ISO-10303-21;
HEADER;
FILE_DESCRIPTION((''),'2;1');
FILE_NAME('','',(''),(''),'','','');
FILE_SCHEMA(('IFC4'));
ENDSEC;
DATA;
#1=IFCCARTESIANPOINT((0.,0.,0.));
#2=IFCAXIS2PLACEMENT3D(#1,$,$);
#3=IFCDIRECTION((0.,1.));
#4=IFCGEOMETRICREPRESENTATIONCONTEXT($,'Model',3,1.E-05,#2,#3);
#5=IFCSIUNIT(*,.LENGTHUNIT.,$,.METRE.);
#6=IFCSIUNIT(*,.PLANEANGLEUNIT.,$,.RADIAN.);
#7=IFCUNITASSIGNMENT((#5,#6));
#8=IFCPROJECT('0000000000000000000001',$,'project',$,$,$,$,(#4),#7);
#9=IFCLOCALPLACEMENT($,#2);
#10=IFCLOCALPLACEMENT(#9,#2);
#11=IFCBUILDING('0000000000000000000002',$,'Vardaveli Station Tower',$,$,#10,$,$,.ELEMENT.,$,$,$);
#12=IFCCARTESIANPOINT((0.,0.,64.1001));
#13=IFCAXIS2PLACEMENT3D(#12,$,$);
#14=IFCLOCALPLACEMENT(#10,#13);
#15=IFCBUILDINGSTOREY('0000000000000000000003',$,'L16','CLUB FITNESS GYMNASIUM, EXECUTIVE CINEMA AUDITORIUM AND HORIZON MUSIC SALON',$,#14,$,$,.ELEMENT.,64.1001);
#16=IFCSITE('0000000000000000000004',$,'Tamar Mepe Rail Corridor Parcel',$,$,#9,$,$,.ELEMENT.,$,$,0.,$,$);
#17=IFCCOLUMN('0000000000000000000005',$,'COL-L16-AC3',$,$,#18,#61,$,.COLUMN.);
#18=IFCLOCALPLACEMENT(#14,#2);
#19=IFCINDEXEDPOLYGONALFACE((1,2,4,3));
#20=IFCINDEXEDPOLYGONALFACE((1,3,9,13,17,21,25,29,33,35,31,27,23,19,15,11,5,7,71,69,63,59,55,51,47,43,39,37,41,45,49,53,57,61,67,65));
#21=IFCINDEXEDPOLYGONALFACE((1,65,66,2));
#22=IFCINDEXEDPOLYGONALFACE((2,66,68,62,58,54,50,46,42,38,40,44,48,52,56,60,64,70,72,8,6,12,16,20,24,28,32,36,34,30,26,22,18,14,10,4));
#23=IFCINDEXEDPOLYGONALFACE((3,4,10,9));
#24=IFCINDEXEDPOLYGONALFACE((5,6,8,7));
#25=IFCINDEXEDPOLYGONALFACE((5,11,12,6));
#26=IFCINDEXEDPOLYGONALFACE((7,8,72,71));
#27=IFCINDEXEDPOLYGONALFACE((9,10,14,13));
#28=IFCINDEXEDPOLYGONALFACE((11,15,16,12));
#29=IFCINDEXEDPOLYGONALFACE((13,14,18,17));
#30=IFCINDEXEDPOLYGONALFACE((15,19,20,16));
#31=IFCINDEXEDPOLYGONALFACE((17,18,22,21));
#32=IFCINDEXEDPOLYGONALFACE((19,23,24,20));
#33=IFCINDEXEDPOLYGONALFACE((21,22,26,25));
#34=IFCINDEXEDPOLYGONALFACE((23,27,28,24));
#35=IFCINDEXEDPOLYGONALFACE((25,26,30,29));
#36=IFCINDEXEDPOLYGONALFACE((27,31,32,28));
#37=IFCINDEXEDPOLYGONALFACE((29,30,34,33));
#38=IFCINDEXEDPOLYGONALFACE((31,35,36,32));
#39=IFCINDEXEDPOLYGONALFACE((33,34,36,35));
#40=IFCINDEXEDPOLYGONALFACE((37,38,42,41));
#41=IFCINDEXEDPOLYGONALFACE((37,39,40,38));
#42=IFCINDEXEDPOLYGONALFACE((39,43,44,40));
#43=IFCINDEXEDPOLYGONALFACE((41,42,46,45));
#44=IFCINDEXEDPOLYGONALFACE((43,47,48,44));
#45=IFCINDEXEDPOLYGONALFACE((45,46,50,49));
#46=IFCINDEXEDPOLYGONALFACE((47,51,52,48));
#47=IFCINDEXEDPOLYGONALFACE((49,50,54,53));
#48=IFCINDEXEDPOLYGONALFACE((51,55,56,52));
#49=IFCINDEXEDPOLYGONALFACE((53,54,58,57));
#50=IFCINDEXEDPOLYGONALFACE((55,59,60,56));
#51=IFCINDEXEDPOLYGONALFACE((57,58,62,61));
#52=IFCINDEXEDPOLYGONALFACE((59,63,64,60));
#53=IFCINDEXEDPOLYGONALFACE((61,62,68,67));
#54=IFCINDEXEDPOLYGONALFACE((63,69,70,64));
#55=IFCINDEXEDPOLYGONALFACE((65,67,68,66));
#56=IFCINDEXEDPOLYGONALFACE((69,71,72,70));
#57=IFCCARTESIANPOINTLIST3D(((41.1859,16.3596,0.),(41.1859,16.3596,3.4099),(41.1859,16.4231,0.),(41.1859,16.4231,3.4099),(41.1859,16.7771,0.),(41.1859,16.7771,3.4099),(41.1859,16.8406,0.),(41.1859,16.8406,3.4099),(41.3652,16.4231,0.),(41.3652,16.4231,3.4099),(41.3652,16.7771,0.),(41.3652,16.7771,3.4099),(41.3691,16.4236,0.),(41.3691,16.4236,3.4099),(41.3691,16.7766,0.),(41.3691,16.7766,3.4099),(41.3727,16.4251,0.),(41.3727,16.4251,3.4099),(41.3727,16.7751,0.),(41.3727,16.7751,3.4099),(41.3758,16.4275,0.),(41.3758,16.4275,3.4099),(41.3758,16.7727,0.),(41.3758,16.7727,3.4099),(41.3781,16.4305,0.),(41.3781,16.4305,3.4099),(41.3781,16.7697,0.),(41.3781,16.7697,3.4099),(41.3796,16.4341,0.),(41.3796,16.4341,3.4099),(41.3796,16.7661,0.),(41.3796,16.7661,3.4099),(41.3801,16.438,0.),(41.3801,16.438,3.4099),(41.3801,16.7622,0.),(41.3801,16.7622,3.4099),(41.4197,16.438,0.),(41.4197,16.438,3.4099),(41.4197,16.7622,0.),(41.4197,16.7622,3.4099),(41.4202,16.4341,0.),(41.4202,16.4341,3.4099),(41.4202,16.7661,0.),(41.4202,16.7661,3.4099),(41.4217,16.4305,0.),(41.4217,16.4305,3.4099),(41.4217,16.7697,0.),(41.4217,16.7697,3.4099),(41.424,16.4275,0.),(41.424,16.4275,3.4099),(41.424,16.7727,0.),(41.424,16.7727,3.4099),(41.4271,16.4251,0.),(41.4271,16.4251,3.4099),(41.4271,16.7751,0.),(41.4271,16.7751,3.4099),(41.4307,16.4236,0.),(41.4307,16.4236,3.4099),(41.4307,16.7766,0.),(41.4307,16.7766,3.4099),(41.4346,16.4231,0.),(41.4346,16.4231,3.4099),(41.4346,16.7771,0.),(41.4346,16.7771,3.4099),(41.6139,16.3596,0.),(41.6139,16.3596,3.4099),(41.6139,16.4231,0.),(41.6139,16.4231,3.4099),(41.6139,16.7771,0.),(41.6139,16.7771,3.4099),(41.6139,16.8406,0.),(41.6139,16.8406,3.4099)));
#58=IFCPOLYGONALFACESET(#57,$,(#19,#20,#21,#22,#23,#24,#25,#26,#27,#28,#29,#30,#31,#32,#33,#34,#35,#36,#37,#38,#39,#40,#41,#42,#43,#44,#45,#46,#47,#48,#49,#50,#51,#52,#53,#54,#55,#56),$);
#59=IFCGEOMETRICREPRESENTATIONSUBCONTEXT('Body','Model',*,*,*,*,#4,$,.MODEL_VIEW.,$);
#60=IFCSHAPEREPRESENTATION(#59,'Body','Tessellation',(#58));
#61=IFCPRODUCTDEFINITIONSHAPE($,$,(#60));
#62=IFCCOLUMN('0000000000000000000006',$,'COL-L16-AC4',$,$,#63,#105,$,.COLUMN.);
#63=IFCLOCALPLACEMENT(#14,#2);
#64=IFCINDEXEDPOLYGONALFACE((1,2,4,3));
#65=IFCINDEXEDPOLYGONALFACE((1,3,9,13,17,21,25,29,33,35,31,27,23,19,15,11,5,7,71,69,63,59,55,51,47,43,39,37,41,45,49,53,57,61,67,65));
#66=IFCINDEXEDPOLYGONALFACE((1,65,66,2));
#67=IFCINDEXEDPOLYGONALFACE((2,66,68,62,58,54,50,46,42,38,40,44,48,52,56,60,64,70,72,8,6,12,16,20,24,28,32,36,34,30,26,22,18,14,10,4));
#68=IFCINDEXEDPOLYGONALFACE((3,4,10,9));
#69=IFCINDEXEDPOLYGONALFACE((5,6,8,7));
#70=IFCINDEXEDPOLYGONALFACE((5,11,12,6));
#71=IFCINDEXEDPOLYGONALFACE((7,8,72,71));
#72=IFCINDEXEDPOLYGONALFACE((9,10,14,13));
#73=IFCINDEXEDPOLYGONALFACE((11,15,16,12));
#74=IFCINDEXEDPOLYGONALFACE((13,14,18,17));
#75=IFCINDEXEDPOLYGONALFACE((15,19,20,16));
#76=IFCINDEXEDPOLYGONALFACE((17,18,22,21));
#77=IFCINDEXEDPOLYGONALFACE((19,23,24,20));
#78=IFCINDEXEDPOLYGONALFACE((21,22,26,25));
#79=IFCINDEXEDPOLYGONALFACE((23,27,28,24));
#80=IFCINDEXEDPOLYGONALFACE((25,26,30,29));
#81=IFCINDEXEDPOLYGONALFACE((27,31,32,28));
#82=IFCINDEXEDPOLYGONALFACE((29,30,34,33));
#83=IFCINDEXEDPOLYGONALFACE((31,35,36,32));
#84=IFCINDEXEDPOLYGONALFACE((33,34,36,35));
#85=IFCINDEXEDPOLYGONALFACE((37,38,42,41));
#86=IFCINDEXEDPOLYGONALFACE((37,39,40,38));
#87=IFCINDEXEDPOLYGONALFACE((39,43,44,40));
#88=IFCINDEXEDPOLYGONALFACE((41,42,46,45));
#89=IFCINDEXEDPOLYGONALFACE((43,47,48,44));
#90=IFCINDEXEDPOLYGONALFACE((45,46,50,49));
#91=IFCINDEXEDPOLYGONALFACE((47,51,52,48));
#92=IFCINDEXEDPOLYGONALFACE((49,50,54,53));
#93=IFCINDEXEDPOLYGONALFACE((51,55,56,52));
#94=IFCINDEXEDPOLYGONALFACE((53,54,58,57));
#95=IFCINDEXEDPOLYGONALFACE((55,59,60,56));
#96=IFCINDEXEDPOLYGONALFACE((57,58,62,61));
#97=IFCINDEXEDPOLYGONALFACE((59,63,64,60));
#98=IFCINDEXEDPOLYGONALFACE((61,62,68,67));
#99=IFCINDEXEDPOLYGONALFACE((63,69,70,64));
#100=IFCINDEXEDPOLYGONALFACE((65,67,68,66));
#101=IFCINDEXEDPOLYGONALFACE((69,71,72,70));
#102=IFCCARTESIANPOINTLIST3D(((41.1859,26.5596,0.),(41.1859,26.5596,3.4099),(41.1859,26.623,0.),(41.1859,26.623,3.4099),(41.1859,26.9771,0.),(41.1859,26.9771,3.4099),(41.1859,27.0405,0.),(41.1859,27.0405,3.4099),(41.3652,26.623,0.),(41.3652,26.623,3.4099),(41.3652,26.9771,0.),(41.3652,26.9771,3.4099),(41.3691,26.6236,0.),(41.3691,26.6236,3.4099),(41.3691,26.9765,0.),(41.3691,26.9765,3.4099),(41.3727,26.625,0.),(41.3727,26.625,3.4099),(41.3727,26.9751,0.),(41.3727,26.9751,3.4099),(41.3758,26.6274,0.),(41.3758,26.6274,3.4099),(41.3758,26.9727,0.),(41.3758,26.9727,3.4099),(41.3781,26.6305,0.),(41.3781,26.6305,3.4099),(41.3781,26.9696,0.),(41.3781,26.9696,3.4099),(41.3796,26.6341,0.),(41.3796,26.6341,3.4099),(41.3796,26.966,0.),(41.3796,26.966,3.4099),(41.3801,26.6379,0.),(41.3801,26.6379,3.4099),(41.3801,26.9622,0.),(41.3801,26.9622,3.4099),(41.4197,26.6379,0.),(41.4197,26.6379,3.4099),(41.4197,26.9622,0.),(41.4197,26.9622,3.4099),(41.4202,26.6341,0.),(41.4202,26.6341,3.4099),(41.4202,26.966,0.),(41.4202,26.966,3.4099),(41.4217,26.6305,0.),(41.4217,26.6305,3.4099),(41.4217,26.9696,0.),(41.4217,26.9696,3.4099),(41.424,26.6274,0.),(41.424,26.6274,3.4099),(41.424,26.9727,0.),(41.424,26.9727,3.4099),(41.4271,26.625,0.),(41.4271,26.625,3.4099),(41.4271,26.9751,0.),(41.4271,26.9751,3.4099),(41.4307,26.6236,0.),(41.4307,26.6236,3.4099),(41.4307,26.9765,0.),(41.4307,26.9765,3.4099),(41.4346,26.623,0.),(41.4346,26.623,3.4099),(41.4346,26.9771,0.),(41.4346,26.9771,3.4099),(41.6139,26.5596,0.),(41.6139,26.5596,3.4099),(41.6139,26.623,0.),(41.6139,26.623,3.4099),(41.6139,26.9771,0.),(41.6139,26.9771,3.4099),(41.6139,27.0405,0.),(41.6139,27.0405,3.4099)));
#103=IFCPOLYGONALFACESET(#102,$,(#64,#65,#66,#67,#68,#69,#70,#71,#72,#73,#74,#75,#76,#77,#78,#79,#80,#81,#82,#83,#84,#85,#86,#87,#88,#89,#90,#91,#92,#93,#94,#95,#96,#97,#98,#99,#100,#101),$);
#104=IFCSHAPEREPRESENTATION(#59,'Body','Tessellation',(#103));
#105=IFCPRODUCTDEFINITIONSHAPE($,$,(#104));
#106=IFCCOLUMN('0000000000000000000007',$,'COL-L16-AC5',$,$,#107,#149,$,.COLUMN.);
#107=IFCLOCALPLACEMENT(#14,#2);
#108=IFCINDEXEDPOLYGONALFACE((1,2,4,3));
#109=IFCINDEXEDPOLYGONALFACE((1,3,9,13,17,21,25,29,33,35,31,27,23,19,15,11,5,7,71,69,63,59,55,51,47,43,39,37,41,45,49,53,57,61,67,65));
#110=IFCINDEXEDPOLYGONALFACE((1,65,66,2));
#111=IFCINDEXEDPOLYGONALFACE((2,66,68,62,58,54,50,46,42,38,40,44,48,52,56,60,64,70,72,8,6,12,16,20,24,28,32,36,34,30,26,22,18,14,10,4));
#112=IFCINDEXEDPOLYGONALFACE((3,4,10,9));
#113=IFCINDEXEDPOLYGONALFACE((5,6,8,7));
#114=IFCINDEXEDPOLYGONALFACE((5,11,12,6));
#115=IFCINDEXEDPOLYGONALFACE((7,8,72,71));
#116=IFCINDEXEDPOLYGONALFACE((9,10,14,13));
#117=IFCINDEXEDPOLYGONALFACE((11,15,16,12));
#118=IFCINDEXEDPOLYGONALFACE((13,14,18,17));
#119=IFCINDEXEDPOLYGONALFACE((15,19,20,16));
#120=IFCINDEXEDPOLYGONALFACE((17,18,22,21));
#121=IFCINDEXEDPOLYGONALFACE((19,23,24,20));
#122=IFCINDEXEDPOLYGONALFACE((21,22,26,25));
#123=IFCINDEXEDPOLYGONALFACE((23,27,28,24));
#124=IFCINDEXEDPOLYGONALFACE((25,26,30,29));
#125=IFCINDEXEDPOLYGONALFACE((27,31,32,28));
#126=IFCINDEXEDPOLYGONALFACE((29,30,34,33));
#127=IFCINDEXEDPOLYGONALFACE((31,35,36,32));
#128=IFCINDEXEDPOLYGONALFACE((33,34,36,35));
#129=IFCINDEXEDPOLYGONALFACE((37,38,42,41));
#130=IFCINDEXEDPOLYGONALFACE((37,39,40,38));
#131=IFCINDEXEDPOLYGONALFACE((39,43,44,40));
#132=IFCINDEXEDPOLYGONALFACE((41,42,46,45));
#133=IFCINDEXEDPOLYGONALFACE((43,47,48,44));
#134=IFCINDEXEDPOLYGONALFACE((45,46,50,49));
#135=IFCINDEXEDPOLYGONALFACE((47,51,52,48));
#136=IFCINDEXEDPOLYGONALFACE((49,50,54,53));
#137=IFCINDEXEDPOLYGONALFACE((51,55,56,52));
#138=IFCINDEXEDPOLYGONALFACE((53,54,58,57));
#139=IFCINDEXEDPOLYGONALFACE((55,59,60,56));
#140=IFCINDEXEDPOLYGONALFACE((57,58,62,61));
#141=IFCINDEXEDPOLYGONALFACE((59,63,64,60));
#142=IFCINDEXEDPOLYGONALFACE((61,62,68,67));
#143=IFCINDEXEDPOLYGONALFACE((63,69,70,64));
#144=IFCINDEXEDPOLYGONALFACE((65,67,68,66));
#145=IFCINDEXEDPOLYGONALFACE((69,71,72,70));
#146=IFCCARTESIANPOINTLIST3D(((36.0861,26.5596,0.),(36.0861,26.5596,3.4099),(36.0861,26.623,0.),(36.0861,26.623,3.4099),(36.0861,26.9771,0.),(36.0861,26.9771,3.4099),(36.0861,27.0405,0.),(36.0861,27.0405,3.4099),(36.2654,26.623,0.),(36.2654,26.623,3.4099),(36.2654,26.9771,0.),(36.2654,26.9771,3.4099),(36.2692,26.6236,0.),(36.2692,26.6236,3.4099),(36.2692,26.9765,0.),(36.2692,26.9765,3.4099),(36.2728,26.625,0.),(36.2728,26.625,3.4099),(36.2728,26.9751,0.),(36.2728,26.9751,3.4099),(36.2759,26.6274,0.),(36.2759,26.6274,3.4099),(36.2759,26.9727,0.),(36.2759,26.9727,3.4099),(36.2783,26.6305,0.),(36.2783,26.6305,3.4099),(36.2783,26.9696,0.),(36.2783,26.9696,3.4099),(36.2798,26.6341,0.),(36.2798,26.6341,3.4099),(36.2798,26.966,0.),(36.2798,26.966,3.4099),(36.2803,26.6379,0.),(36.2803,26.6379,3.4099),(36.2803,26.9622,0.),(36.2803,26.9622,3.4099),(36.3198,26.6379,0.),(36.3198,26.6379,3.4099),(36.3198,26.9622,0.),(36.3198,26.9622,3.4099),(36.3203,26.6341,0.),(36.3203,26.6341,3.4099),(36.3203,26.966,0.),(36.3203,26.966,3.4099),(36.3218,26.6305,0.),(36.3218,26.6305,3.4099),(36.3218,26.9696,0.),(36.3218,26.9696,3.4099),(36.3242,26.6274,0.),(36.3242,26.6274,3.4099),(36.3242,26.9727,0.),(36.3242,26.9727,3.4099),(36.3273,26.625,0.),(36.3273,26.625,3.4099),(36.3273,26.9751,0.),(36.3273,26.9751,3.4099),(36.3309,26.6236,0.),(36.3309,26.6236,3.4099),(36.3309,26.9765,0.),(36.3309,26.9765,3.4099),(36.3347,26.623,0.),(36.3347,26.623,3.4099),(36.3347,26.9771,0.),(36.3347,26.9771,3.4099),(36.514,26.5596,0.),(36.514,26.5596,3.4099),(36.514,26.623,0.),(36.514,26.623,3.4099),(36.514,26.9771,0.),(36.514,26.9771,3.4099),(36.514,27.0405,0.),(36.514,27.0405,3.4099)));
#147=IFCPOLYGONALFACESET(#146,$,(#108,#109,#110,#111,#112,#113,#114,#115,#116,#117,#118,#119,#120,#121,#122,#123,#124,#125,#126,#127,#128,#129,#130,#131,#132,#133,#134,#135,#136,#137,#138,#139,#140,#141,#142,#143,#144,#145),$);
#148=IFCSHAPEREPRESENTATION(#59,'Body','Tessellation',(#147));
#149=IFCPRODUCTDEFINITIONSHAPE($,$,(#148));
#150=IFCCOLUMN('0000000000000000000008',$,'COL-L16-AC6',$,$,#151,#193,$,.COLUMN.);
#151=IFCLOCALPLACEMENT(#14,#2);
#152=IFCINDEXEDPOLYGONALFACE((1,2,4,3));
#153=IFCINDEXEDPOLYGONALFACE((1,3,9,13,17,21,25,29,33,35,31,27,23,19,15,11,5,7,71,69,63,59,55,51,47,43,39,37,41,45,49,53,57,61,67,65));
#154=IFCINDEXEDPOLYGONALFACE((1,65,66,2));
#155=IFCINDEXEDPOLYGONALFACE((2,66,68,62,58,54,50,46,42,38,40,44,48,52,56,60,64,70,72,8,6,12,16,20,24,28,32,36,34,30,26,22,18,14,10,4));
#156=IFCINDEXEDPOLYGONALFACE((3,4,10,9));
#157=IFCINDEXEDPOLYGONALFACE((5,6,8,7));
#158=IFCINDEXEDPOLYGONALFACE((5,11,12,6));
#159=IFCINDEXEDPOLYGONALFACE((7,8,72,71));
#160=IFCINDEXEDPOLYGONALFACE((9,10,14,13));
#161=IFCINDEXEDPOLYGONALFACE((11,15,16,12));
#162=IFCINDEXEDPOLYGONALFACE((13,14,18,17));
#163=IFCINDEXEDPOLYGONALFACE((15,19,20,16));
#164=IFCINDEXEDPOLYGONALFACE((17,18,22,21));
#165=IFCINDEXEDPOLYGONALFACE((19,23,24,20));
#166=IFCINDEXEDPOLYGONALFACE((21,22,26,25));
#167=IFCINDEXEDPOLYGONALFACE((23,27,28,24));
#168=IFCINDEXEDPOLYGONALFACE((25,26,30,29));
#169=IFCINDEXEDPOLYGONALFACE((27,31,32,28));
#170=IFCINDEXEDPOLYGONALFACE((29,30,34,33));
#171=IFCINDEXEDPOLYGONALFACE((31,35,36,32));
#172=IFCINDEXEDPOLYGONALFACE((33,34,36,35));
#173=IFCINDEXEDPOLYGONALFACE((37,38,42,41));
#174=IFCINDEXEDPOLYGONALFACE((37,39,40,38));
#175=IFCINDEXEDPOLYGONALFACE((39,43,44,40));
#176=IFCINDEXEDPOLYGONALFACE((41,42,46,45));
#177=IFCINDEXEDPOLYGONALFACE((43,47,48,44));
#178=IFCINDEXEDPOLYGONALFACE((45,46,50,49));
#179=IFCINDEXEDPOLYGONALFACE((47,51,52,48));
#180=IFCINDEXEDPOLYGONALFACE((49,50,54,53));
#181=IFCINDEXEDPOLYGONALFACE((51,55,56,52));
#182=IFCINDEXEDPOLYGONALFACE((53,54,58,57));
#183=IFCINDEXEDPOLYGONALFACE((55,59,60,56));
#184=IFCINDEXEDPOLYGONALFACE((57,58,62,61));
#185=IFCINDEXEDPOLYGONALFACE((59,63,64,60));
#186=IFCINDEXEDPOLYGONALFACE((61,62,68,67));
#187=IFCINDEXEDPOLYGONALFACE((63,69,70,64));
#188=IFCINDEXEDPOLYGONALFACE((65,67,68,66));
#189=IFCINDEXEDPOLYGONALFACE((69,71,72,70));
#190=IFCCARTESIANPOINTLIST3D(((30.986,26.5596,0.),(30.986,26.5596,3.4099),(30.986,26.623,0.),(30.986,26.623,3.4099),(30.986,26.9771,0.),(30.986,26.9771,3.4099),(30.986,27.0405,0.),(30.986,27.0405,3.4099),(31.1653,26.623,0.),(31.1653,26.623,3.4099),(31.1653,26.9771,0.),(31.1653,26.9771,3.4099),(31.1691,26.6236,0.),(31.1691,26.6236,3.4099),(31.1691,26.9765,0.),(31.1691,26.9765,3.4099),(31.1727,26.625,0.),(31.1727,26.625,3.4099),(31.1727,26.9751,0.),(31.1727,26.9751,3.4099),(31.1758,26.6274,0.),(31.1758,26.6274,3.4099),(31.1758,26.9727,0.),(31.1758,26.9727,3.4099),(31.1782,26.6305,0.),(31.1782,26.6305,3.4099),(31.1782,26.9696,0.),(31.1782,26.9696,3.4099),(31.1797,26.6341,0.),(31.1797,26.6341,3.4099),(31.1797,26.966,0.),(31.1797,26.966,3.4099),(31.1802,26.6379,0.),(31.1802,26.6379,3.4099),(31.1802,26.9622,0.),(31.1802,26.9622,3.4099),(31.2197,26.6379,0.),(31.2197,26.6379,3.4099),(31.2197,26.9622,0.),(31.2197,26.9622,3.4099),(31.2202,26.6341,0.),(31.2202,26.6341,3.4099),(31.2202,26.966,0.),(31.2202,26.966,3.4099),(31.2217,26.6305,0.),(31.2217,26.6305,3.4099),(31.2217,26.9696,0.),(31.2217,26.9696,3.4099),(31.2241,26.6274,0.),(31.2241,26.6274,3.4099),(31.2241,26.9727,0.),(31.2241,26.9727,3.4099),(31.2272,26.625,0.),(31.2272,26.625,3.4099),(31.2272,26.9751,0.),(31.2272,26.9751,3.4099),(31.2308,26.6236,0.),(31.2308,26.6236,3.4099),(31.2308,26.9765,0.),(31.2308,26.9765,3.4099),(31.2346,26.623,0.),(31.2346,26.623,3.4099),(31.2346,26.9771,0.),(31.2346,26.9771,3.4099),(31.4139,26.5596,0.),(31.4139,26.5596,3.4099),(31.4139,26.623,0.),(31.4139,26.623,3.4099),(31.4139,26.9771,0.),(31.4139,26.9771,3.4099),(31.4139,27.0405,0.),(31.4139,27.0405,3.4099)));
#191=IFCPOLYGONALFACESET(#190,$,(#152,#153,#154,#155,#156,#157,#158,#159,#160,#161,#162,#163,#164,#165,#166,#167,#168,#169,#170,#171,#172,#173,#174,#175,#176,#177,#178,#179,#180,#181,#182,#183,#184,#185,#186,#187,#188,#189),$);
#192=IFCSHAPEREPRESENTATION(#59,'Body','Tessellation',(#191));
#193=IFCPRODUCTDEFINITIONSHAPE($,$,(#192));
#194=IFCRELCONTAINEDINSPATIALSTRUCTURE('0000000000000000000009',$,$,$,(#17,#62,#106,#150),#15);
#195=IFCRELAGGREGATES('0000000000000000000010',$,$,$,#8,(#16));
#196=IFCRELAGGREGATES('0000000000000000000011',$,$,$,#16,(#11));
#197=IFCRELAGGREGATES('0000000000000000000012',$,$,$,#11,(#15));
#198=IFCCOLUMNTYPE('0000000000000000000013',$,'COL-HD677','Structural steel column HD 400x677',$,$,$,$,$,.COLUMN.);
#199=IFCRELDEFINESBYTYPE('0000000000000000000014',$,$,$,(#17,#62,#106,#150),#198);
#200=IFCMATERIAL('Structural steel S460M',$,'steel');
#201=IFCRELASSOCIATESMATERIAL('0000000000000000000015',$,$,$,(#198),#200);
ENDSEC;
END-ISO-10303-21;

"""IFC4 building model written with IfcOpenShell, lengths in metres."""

from ifc_helpers import new_model, si_unit, direction, frame, origin, origin_2d, place, context, subcontext, project, spatial, i_section, extrude, source, transform, mapped, material, material_profile, profile_set, type_object, element, save


model = new_model("IFC4")

# Units and contexts
model_context = context("Model", 3, precision=1e-05, world=origin(), true_north=direction((0.0, 1.0)))
body_context = subcontext(model_context, "Body", "Model", "MODEL_VIEW")
ifc_project = project(units=[si_unit("LENGTHUNIT", "METRE"), si_unit("PLANEANGLEUNIT", "RADIAN")], contexts=[model_context])

# Site, building, storey
site_placement = place(None, origin())
site = spatial("IfcSite", under=ifc_project, at=site_placement, Name="Tamar Mepe Rail Corridor Parcel", CompositionType="ELEMENT", RefElevation=0.0)
building_placement = place(site_placement, origin())
building = spatial("IfcBuilding", under=site, at=building_placement, Name="Vardaveli Station Tower", CompositionType="ELEMENT")
storey_placement = place(building_placement, frame((0.0, 0.0, 64.1001)))
storey = spatial("IfcBuildingStorey", under=building, at=storey_placement, Name="L16", Description="CLUB FITNESS GYMNASIUM, EXECUTIVE CINEMA AUDITORIUM AND HORIZON MUSIC SALON", CompositionType="ELEMENT", Elevation=64.1001)

# Columns
ifc_material_1 = material(Name="Structural steel S460M", Category="steel")
ifc_material_profile_1 = material_profile(ifc_material_1, i_section(OverallWidth=0.428, OverallDepth=0.481, WebThickness=0.0396, FlangeThickness=0.0635, FilletRadius=0.0149, at=origin_2d()), Name="HD 400x677")
ifc_profile_set_1 = profile_set([ifc_material_profile_1], Name="Structural steel S460M")
column_type = type_object("IfcColumnType", Name="COL-HD677", Description="Structural steel column HD 400x677", PredefinedType="COLUMN", material=ifc_profile_set_1)
shared_shape_1 = source(origin(), body_context, "Body", "SweptSolid", [
    extrude(i_section(OverallWidth=0.428, OverallDepth=0.481, WebThickness=0.0396, FlangeThickness=0.0635, FilletRadius=0.0149, at=origin_2d()), origin(), (0.0, 0.0, 1.0), 3.4099),
])
for number, where, z_axis, x_axis, name in (
    (1, (41.3999, 16.6001, 0.0), (0.0, 0.0, 1.0), (1.0, 0.0, 0.0), "COL-L16-AC3"),
    (2, (41.3999, 26.8, 0.0), (0.0, 0.0, 1.0), (1.0, 0.0, 0.0), "COL-L16-AC4"),
    (3, (36.3, 26.8, 0.0), (0.0, 0.0, 1.0), (1.0, 0.0, 0.0), "COL-L16-AC5"),
    (4, (31.2, 26.8, 0.0), (0.0, 0.0, 1.0), (1.0, 0.0, 0.0), "COL-L16-AC6"),
):
    element("IfcColumn", number, at=place(storey_placement, frame(where, z_axis=z_axis, x_axis=x_axis)), inside=storey, type_object=column_type, Name=name, PredefinedType="COLUMN", context=body_context, shape_type="MappedRepresentation", body=[
        mapped(shared_shape_1, transform((0.0, 0.0, 0.0), scale=1.0)),
    ])

save(model, "model.ifc")
